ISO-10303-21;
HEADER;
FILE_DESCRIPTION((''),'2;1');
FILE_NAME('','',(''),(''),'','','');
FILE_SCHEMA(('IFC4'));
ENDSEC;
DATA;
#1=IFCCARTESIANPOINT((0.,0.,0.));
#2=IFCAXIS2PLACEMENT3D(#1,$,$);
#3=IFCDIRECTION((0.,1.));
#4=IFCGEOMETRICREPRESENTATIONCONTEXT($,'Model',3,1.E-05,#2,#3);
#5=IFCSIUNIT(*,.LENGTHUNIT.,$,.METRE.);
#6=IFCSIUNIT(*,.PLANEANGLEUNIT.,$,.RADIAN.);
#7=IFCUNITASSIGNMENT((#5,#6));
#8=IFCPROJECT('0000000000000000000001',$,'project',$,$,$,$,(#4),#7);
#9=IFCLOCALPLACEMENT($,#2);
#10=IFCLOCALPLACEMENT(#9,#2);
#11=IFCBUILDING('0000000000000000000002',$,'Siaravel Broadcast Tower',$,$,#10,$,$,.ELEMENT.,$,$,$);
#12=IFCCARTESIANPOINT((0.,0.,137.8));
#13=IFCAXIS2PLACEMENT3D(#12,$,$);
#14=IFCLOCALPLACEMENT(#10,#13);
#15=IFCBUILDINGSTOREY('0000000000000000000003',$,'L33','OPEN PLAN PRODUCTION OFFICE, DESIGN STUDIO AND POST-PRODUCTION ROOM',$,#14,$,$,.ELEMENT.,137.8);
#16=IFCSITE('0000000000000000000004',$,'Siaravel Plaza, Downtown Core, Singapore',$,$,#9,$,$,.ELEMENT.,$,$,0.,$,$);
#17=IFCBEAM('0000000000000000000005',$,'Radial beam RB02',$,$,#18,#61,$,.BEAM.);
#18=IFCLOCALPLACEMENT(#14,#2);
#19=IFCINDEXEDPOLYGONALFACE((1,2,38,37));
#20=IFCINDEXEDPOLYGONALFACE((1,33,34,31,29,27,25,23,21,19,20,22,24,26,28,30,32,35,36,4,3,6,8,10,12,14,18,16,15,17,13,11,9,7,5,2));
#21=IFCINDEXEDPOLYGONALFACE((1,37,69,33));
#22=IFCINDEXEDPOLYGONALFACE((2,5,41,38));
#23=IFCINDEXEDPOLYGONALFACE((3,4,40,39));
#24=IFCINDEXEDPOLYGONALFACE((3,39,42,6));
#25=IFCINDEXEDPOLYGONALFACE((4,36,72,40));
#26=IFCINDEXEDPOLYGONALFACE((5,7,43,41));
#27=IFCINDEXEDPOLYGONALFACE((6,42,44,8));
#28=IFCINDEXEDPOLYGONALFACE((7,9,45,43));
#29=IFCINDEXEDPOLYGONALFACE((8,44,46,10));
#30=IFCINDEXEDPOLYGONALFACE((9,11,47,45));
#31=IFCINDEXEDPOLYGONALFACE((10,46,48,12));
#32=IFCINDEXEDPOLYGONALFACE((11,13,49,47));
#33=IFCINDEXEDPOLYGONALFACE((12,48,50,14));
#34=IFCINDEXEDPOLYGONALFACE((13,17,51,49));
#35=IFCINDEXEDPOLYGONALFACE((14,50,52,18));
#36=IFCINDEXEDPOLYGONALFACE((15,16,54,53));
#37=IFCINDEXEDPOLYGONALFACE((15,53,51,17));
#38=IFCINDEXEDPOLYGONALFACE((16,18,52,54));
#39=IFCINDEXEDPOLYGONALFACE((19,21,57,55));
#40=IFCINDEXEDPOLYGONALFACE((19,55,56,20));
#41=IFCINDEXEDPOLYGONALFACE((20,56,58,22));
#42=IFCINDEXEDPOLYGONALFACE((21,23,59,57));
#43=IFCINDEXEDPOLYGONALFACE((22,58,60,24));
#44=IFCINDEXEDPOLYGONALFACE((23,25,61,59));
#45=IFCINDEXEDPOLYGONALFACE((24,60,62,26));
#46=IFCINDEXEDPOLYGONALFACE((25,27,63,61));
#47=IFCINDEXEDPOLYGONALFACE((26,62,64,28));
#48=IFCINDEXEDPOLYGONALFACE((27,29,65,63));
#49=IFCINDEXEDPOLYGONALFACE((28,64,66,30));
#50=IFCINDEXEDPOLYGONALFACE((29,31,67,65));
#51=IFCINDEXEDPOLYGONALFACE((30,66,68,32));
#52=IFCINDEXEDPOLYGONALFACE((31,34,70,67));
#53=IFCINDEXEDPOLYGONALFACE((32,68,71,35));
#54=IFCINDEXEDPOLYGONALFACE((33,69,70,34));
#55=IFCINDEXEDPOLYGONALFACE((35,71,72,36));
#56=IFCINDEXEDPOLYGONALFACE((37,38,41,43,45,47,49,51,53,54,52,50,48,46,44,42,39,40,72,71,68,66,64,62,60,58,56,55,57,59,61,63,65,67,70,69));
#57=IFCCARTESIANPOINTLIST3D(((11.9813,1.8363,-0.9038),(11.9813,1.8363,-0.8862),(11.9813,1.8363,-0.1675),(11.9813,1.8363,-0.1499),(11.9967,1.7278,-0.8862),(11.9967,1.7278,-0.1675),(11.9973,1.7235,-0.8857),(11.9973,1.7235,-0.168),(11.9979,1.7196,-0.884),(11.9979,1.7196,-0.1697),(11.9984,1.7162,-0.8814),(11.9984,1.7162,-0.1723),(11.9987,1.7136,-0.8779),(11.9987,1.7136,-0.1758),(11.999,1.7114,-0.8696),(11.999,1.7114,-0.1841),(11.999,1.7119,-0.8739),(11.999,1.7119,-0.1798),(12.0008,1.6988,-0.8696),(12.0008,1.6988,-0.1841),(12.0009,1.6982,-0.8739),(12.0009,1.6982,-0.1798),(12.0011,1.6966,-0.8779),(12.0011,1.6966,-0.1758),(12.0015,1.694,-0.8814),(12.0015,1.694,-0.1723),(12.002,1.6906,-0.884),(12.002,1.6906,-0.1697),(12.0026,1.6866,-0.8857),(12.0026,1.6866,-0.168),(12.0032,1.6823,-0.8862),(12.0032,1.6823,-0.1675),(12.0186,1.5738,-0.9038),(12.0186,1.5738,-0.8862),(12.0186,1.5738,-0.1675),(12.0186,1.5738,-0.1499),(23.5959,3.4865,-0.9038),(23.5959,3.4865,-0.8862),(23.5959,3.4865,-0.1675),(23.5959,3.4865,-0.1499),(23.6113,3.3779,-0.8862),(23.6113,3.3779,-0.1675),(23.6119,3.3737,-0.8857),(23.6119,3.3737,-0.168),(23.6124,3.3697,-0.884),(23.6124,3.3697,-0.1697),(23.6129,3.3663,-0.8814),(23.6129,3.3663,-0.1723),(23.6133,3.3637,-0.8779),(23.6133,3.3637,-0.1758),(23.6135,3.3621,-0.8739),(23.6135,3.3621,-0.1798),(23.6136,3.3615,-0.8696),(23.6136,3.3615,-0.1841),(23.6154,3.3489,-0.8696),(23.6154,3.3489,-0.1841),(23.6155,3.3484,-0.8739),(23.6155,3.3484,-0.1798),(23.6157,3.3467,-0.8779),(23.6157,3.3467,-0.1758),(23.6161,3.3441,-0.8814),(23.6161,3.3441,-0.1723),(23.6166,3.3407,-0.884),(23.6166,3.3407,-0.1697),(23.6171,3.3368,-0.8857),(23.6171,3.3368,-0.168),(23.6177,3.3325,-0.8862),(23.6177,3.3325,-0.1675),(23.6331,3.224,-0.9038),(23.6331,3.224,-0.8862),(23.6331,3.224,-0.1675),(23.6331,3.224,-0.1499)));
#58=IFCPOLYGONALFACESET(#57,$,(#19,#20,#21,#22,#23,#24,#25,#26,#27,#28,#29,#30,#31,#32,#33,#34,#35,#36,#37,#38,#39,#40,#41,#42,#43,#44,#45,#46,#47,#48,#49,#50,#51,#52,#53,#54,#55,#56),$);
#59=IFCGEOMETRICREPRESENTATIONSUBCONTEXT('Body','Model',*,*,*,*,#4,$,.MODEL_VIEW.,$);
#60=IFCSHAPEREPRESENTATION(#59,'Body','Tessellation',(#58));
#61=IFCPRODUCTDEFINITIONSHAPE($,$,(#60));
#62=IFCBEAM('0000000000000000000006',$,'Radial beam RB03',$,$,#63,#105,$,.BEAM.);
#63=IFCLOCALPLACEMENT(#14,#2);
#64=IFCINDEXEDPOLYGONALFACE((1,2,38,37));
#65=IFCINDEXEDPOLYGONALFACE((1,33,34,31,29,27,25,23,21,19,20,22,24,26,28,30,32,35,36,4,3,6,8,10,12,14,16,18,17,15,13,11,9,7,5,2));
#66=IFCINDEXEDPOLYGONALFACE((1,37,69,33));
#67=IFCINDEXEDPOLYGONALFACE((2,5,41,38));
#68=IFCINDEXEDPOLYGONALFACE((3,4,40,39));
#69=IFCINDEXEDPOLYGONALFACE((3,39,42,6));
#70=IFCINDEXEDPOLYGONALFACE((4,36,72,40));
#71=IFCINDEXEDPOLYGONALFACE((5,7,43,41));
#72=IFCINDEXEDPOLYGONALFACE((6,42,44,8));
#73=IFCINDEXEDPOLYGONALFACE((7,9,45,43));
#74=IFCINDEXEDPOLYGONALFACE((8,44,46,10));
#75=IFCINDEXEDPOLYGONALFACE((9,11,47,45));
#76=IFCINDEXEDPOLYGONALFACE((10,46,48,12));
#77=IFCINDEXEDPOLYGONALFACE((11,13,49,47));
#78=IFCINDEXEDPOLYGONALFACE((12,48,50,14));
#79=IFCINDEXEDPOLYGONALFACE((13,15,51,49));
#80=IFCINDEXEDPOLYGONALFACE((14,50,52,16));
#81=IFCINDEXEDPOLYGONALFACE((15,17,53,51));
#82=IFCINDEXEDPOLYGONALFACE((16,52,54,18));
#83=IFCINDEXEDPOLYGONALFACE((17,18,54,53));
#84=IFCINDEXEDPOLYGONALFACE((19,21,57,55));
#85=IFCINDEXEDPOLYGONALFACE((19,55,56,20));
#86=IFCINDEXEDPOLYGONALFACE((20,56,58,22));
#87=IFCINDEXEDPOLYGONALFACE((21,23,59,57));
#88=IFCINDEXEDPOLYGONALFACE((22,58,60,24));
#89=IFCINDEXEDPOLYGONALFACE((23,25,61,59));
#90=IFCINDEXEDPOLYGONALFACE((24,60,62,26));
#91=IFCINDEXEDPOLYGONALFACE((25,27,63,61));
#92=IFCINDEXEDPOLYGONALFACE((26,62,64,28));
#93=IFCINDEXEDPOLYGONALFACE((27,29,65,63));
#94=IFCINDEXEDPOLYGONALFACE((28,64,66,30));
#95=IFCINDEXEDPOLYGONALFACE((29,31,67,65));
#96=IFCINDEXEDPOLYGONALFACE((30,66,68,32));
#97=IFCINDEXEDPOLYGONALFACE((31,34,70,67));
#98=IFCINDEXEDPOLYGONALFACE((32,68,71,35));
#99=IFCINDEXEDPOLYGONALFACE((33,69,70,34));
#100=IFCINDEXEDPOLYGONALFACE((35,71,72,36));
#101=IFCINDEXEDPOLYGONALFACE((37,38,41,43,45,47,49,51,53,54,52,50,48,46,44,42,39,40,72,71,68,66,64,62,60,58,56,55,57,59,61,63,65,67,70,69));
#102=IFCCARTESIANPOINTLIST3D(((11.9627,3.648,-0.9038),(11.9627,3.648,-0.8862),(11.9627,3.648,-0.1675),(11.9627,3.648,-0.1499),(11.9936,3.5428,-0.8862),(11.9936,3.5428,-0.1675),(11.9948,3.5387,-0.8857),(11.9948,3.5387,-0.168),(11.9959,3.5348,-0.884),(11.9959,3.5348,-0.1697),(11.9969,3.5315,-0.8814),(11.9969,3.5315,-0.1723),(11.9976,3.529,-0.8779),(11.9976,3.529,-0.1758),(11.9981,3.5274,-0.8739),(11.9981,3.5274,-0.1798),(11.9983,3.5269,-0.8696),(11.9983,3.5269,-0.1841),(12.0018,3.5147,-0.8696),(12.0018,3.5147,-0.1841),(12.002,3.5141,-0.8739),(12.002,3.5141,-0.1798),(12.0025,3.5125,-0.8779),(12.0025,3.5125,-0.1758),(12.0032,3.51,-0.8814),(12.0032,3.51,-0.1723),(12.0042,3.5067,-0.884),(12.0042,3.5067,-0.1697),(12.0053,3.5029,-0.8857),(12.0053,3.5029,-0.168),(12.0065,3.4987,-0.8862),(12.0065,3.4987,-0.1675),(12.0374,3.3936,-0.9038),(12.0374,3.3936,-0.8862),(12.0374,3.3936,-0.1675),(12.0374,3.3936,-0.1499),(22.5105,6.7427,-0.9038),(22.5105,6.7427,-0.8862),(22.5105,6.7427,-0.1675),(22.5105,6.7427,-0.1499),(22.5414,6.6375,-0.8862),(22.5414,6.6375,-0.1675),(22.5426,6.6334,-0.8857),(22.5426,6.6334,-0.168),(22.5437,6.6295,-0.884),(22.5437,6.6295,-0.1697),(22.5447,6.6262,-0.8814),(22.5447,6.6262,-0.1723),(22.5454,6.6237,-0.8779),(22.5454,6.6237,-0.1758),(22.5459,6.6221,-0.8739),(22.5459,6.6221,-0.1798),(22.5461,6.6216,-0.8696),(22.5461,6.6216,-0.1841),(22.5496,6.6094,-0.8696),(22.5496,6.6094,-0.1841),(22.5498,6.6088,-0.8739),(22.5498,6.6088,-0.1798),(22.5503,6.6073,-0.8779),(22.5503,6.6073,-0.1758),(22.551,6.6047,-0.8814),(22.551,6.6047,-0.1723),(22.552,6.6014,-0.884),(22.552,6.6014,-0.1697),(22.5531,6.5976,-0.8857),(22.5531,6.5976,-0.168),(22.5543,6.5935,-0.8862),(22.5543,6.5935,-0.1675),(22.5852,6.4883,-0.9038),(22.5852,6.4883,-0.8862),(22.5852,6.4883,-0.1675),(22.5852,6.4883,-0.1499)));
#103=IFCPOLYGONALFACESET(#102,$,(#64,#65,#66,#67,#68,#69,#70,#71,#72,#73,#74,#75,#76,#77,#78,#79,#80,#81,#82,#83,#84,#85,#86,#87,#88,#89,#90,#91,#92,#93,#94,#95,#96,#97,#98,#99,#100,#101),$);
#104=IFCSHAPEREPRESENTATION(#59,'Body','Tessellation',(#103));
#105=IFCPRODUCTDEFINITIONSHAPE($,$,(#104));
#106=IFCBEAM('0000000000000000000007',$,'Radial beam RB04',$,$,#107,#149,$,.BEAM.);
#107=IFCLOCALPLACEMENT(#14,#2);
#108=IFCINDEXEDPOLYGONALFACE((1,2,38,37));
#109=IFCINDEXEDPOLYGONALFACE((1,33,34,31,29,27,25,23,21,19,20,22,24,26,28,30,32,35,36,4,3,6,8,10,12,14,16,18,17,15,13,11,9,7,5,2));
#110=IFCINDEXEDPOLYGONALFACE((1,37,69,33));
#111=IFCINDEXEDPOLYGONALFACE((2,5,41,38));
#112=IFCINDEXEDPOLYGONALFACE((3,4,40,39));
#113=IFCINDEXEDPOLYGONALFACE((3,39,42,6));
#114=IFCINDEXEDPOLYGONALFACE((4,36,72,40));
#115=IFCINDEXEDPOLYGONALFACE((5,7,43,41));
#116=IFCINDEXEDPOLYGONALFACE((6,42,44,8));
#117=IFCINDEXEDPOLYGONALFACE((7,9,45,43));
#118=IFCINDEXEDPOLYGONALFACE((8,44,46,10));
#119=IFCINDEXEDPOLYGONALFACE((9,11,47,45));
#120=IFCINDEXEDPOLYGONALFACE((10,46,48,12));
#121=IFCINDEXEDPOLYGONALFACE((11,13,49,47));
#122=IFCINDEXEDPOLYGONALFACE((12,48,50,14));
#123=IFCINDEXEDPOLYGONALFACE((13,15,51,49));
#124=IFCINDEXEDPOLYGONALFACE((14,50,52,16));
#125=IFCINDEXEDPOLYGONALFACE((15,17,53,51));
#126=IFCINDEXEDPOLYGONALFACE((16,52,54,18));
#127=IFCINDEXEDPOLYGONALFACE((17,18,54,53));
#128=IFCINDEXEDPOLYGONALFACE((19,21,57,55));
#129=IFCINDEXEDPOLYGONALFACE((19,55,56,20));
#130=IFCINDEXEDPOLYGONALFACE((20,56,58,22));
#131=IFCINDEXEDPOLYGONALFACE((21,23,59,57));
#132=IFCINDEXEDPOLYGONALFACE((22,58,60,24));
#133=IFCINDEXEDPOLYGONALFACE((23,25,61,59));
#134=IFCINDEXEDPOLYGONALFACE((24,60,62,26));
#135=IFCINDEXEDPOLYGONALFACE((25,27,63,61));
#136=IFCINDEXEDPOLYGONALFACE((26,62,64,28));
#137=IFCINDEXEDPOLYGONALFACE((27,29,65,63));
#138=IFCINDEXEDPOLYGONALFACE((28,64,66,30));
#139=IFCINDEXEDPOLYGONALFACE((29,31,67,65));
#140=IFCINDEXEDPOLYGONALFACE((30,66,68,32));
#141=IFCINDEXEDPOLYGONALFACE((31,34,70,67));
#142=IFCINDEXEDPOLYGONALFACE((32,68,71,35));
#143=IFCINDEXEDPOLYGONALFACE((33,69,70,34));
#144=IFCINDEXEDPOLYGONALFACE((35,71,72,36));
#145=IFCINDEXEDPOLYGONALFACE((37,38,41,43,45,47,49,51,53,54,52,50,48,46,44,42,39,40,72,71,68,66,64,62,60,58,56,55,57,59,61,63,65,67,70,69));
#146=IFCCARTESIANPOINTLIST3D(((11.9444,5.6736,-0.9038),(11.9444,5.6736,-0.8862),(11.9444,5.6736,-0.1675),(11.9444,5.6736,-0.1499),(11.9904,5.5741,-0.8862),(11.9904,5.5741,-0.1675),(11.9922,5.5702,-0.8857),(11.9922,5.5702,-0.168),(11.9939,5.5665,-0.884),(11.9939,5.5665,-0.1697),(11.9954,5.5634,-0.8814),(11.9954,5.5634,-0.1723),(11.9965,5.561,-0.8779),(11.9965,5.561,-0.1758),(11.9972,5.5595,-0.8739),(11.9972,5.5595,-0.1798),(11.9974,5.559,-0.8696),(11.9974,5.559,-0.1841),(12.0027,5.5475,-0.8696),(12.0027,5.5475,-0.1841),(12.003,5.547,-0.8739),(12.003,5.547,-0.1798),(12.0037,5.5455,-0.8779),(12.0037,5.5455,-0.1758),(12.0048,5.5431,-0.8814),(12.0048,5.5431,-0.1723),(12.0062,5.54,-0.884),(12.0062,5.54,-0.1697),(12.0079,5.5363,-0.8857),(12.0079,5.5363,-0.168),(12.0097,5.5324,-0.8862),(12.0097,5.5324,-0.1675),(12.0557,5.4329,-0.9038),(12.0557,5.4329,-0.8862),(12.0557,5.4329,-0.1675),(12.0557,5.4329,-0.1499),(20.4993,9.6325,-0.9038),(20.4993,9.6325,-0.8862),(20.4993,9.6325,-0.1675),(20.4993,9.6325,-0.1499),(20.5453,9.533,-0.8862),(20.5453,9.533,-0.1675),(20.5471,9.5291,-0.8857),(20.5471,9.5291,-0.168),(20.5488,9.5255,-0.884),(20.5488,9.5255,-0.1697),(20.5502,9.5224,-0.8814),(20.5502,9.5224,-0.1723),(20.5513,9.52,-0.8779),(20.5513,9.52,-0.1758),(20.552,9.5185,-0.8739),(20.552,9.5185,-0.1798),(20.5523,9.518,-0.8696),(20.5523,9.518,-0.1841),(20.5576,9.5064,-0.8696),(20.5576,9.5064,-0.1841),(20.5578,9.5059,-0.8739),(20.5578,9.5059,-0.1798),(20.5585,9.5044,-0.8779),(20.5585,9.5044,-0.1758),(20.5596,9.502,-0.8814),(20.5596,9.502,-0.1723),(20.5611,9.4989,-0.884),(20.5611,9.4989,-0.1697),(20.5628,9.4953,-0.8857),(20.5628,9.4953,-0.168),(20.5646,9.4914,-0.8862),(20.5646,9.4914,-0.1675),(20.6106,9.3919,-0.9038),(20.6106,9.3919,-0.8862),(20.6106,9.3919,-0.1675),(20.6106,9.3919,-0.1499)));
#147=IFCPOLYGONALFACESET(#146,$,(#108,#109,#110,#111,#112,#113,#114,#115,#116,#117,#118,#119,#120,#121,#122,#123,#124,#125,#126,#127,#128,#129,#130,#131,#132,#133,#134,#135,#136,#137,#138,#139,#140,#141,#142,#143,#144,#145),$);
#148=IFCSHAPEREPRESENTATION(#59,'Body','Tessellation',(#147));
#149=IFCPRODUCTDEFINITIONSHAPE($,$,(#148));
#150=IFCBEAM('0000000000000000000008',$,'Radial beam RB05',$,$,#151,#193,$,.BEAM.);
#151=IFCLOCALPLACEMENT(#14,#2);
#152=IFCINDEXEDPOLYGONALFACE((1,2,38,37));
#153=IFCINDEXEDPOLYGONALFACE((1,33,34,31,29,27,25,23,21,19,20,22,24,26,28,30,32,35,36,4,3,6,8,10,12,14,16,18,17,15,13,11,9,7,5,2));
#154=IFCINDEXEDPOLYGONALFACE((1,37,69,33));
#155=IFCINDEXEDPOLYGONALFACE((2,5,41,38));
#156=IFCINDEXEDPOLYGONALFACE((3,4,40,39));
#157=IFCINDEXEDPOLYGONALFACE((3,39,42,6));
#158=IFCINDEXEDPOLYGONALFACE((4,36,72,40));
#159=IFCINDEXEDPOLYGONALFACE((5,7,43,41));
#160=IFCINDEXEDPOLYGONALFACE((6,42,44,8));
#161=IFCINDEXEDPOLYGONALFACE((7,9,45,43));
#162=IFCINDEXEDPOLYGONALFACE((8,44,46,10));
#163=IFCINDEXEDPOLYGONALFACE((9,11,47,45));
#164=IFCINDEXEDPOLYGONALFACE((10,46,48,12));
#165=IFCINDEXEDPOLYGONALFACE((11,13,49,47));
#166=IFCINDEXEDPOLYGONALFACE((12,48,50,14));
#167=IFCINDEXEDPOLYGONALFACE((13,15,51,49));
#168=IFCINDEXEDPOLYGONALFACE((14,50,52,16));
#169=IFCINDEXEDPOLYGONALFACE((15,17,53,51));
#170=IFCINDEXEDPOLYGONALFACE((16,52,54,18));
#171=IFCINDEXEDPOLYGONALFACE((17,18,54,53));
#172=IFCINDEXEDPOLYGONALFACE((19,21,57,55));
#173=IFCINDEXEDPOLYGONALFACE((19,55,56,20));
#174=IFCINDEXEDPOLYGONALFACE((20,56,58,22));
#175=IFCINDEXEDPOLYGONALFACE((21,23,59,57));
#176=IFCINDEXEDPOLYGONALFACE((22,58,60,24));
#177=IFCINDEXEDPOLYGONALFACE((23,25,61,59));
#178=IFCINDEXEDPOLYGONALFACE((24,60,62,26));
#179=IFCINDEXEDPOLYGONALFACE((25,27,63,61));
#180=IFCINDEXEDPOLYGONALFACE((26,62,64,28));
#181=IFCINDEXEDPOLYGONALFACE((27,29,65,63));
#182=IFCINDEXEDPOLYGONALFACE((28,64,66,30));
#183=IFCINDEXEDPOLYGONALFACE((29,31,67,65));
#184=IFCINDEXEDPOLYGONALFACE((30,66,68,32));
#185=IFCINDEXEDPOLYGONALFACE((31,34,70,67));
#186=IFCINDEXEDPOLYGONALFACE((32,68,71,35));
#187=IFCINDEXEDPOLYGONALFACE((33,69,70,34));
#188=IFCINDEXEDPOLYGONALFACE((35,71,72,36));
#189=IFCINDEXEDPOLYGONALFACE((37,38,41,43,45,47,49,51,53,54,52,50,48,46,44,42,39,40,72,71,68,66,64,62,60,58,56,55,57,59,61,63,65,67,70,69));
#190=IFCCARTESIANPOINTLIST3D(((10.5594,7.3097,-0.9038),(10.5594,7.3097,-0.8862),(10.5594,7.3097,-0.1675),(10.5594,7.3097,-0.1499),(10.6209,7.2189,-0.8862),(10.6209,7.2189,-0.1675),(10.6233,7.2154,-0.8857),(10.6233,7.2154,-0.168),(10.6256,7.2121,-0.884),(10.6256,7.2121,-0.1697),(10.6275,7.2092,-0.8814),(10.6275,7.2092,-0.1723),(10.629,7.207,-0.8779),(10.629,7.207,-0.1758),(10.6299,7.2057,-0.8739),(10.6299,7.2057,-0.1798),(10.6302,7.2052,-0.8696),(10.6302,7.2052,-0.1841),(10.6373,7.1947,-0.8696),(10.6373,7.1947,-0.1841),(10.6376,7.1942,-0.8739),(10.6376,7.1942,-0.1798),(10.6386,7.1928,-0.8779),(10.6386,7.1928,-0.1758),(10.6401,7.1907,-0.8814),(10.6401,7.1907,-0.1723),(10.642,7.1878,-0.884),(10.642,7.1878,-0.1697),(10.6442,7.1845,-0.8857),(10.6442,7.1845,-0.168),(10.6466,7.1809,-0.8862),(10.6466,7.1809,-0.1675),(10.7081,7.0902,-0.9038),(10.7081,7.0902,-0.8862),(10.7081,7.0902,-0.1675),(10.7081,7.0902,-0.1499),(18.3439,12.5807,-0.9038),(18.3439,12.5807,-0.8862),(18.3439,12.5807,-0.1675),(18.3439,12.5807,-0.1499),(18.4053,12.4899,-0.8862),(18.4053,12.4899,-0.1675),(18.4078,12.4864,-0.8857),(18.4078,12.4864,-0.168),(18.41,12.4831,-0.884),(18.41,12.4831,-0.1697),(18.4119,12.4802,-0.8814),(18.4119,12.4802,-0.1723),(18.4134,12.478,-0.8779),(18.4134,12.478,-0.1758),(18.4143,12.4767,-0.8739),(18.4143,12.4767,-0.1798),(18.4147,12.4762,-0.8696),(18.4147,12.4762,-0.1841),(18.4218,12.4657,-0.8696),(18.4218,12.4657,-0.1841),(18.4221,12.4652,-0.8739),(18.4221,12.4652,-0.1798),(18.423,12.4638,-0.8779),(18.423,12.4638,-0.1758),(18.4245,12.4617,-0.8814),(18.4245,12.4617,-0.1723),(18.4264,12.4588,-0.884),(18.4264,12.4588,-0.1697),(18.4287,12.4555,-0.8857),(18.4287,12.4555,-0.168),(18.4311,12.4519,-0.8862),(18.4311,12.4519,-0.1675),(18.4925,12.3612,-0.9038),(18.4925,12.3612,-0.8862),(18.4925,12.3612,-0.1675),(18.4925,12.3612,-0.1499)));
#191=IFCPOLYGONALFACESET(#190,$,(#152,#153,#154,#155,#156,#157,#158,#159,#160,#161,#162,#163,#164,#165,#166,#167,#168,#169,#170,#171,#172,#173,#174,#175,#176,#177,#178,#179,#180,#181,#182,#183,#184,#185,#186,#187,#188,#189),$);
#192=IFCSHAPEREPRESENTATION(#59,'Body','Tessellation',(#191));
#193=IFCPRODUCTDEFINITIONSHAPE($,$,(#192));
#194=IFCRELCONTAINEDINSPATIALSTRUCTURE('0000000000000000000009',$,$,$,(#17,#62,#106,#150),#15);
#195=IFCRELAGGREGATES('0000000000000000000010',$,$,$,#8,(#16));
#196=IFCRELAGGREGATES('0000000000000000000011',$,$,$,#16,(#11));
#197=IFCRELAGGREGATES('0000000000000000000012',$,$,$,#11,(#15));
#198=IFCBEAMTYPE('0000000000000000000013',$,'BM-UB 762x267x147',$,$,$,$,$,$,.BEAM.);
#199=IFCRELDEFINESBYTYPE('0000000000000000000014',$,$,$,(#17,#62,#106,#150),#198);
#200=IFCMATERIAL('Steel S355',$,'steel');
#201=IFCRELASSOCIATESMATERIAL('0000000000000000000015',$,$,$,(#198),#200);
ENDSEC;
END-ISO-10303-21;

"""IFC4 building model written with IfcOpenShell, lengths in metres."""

from ifc_helpers import new_model, si_unit, direction, frame, origin, origin_2d, place, context, subcontext, project, spatial, i_section, extrude, material, material_profile, profile_set, type_object, element, save


model = new_model("IFC4")

# Units and contexts
model_context = context("Model", 3, precision=1e-05, world=origin(), true_north=direction((0.0, 1.0)))
body_context = subcontext(model_context, "Body", "Model", "MODEL_VIEW")
ifc_project = project(units=[si_unit("LENGTHUNIT", "METRE"), si_unit("PLANEANGLEUNIT", "RADIAN")], contexts=[model_context])

# Site, building, storey
site_placement = place(None, origin())
site = spatial("IfcSite", under=ifc_project, at=site_placement, Name="Siaravel Plaza, Downtown Core, Singapore", CompositionType="ELEMENT", RefElevation=0.0)
building_placement = place(site_placement, origin())
building = spatial("IfcBuilding", under=site, at=building_placement, Name="Siaravel Broadcast Tower", CompositionType="ELEMENT")
storey_placement = place(building_placement, frame((0.0, 0.0, 137.8)))
storey = spatial("IfcBuildingStorey", under=building, at=storey_placement, Name="L33", Description="OPEN PLAN PRODUCTION OFFICE, DESIGN STUDIO AND POST-PRODUCTION ROOM", CompositionType="ELEMENT", Elevation=137.8)

# Beams
ifc_material_1 = material(Name="Steel S355", Category="steel")
ifc_material_profile_1 = material_profile(ifc_material_1, i_section(OverallWidth=0.2651, OverallDepth=0.7539, WebThickness=0.0127, FlangeThickness=0.0176, FilletRadius=0.0166, at=origin_2d()))
ifc_profile_set_1 = profile_set([ifc_material_profile_1], Name="Steel S355")
beam_type = type_object("IfcBeamType", Name="BM-UB 762x267x147", PredefinedType="BEAM", material=ifc_profile_set_1)
beam_1_placement = place(storey_placement, frame((23.6145, 3.3552, -0.5269), z_axis=(-0.990057, -0.140664, 0.0), x_axis=(0.140664, -0.990057, 0.0)))
element("IfcBeam", 1, at=beam_1_placement, inside=storey, type_object=beam_type, Name="Radial beam RB02", PredefinedType="BEAM", context=body_context, shape_type="SweptSolid", body=[
    extrude(i_section(OverallWidth=0.2651, OverallDepth=0.7539, WebThickness=0.0127, FlangeThickness=0.0176, FilletRadius=0.0166, at=origin_2d()), origin(), (0.0, 0.0, 1.0), 11.7312),
])
beam_2_placement = place(storey_placement, frame((22.5479, 6.6155, -0.5269), z_axis=(-0.959552, -0.281531, 0.0), x_axis=(0.281531, -0.959552, 0.0)))
element("IfcBeam", 2, at=beam_2_placement, inside=storey, type_object=beam_type, Name="Radial beam RB03", PredefinedType="BEAM", context=body_context, shape_type="SweptSolid", body=[
    extrude(i_section(OverallWidth=0.2651, OverallDepth=0.7539, WebThickness=0.0127, FlangeThickness=0.0176, FilletRadius=0.0166, at=origin_2d()), origin(), (0.0, 0.0, 1.0), 10.9924),
])
beam_3_placement = place(storey_placement, frame((20.5549, 9.5122, -0.5269), z_axis=(-0.907533, -0.419981, 0.0), x_axis=(0.419981, -0.907533, 0.0)))
element("IfcBeam", 3, at=beam_3_placement, inside=storey, type_object=beam_type, Name="Radial beam RB04", PredefinedType="BEAM", context=body_context, shape_type="SweptSolid", body=[
    extrude(i_section(OverallWidth=0.2651, OverallDepth=0.7539, WebThickness=0.0127, FlangeThickness=0.0176, FilletRadius=0.0166, at=origin_2d()), origin(), (0.0, 0.0, 1.0), 9.4265),
])
beam_4_placement = place(storey_placement, frame((18.4182, 12.4709, -0.5269), z_axis=(-0.828033, -0.560679, 0.0), x_axis=(0.560679, -0.828033, 0.0)))
element("IfcBeam", 4, at=beam_4_placement, inside=storey, type_object=beam_type, Name="Radial beam RB05", PredefinedType="BEAM", context=body_context, shape_type="SweptSolid", body=[
    extrude(i_section(OverallWidth=0.2651, OverallDepth=0.7539, WebThickness=0.0127, FlangeThickness=0.0176, FilletRadius=0.0166, at=origin_2d()), origin(), (0.0, 0.0, 1.0), 9.4011),
])

save(model, "model.ifc")
